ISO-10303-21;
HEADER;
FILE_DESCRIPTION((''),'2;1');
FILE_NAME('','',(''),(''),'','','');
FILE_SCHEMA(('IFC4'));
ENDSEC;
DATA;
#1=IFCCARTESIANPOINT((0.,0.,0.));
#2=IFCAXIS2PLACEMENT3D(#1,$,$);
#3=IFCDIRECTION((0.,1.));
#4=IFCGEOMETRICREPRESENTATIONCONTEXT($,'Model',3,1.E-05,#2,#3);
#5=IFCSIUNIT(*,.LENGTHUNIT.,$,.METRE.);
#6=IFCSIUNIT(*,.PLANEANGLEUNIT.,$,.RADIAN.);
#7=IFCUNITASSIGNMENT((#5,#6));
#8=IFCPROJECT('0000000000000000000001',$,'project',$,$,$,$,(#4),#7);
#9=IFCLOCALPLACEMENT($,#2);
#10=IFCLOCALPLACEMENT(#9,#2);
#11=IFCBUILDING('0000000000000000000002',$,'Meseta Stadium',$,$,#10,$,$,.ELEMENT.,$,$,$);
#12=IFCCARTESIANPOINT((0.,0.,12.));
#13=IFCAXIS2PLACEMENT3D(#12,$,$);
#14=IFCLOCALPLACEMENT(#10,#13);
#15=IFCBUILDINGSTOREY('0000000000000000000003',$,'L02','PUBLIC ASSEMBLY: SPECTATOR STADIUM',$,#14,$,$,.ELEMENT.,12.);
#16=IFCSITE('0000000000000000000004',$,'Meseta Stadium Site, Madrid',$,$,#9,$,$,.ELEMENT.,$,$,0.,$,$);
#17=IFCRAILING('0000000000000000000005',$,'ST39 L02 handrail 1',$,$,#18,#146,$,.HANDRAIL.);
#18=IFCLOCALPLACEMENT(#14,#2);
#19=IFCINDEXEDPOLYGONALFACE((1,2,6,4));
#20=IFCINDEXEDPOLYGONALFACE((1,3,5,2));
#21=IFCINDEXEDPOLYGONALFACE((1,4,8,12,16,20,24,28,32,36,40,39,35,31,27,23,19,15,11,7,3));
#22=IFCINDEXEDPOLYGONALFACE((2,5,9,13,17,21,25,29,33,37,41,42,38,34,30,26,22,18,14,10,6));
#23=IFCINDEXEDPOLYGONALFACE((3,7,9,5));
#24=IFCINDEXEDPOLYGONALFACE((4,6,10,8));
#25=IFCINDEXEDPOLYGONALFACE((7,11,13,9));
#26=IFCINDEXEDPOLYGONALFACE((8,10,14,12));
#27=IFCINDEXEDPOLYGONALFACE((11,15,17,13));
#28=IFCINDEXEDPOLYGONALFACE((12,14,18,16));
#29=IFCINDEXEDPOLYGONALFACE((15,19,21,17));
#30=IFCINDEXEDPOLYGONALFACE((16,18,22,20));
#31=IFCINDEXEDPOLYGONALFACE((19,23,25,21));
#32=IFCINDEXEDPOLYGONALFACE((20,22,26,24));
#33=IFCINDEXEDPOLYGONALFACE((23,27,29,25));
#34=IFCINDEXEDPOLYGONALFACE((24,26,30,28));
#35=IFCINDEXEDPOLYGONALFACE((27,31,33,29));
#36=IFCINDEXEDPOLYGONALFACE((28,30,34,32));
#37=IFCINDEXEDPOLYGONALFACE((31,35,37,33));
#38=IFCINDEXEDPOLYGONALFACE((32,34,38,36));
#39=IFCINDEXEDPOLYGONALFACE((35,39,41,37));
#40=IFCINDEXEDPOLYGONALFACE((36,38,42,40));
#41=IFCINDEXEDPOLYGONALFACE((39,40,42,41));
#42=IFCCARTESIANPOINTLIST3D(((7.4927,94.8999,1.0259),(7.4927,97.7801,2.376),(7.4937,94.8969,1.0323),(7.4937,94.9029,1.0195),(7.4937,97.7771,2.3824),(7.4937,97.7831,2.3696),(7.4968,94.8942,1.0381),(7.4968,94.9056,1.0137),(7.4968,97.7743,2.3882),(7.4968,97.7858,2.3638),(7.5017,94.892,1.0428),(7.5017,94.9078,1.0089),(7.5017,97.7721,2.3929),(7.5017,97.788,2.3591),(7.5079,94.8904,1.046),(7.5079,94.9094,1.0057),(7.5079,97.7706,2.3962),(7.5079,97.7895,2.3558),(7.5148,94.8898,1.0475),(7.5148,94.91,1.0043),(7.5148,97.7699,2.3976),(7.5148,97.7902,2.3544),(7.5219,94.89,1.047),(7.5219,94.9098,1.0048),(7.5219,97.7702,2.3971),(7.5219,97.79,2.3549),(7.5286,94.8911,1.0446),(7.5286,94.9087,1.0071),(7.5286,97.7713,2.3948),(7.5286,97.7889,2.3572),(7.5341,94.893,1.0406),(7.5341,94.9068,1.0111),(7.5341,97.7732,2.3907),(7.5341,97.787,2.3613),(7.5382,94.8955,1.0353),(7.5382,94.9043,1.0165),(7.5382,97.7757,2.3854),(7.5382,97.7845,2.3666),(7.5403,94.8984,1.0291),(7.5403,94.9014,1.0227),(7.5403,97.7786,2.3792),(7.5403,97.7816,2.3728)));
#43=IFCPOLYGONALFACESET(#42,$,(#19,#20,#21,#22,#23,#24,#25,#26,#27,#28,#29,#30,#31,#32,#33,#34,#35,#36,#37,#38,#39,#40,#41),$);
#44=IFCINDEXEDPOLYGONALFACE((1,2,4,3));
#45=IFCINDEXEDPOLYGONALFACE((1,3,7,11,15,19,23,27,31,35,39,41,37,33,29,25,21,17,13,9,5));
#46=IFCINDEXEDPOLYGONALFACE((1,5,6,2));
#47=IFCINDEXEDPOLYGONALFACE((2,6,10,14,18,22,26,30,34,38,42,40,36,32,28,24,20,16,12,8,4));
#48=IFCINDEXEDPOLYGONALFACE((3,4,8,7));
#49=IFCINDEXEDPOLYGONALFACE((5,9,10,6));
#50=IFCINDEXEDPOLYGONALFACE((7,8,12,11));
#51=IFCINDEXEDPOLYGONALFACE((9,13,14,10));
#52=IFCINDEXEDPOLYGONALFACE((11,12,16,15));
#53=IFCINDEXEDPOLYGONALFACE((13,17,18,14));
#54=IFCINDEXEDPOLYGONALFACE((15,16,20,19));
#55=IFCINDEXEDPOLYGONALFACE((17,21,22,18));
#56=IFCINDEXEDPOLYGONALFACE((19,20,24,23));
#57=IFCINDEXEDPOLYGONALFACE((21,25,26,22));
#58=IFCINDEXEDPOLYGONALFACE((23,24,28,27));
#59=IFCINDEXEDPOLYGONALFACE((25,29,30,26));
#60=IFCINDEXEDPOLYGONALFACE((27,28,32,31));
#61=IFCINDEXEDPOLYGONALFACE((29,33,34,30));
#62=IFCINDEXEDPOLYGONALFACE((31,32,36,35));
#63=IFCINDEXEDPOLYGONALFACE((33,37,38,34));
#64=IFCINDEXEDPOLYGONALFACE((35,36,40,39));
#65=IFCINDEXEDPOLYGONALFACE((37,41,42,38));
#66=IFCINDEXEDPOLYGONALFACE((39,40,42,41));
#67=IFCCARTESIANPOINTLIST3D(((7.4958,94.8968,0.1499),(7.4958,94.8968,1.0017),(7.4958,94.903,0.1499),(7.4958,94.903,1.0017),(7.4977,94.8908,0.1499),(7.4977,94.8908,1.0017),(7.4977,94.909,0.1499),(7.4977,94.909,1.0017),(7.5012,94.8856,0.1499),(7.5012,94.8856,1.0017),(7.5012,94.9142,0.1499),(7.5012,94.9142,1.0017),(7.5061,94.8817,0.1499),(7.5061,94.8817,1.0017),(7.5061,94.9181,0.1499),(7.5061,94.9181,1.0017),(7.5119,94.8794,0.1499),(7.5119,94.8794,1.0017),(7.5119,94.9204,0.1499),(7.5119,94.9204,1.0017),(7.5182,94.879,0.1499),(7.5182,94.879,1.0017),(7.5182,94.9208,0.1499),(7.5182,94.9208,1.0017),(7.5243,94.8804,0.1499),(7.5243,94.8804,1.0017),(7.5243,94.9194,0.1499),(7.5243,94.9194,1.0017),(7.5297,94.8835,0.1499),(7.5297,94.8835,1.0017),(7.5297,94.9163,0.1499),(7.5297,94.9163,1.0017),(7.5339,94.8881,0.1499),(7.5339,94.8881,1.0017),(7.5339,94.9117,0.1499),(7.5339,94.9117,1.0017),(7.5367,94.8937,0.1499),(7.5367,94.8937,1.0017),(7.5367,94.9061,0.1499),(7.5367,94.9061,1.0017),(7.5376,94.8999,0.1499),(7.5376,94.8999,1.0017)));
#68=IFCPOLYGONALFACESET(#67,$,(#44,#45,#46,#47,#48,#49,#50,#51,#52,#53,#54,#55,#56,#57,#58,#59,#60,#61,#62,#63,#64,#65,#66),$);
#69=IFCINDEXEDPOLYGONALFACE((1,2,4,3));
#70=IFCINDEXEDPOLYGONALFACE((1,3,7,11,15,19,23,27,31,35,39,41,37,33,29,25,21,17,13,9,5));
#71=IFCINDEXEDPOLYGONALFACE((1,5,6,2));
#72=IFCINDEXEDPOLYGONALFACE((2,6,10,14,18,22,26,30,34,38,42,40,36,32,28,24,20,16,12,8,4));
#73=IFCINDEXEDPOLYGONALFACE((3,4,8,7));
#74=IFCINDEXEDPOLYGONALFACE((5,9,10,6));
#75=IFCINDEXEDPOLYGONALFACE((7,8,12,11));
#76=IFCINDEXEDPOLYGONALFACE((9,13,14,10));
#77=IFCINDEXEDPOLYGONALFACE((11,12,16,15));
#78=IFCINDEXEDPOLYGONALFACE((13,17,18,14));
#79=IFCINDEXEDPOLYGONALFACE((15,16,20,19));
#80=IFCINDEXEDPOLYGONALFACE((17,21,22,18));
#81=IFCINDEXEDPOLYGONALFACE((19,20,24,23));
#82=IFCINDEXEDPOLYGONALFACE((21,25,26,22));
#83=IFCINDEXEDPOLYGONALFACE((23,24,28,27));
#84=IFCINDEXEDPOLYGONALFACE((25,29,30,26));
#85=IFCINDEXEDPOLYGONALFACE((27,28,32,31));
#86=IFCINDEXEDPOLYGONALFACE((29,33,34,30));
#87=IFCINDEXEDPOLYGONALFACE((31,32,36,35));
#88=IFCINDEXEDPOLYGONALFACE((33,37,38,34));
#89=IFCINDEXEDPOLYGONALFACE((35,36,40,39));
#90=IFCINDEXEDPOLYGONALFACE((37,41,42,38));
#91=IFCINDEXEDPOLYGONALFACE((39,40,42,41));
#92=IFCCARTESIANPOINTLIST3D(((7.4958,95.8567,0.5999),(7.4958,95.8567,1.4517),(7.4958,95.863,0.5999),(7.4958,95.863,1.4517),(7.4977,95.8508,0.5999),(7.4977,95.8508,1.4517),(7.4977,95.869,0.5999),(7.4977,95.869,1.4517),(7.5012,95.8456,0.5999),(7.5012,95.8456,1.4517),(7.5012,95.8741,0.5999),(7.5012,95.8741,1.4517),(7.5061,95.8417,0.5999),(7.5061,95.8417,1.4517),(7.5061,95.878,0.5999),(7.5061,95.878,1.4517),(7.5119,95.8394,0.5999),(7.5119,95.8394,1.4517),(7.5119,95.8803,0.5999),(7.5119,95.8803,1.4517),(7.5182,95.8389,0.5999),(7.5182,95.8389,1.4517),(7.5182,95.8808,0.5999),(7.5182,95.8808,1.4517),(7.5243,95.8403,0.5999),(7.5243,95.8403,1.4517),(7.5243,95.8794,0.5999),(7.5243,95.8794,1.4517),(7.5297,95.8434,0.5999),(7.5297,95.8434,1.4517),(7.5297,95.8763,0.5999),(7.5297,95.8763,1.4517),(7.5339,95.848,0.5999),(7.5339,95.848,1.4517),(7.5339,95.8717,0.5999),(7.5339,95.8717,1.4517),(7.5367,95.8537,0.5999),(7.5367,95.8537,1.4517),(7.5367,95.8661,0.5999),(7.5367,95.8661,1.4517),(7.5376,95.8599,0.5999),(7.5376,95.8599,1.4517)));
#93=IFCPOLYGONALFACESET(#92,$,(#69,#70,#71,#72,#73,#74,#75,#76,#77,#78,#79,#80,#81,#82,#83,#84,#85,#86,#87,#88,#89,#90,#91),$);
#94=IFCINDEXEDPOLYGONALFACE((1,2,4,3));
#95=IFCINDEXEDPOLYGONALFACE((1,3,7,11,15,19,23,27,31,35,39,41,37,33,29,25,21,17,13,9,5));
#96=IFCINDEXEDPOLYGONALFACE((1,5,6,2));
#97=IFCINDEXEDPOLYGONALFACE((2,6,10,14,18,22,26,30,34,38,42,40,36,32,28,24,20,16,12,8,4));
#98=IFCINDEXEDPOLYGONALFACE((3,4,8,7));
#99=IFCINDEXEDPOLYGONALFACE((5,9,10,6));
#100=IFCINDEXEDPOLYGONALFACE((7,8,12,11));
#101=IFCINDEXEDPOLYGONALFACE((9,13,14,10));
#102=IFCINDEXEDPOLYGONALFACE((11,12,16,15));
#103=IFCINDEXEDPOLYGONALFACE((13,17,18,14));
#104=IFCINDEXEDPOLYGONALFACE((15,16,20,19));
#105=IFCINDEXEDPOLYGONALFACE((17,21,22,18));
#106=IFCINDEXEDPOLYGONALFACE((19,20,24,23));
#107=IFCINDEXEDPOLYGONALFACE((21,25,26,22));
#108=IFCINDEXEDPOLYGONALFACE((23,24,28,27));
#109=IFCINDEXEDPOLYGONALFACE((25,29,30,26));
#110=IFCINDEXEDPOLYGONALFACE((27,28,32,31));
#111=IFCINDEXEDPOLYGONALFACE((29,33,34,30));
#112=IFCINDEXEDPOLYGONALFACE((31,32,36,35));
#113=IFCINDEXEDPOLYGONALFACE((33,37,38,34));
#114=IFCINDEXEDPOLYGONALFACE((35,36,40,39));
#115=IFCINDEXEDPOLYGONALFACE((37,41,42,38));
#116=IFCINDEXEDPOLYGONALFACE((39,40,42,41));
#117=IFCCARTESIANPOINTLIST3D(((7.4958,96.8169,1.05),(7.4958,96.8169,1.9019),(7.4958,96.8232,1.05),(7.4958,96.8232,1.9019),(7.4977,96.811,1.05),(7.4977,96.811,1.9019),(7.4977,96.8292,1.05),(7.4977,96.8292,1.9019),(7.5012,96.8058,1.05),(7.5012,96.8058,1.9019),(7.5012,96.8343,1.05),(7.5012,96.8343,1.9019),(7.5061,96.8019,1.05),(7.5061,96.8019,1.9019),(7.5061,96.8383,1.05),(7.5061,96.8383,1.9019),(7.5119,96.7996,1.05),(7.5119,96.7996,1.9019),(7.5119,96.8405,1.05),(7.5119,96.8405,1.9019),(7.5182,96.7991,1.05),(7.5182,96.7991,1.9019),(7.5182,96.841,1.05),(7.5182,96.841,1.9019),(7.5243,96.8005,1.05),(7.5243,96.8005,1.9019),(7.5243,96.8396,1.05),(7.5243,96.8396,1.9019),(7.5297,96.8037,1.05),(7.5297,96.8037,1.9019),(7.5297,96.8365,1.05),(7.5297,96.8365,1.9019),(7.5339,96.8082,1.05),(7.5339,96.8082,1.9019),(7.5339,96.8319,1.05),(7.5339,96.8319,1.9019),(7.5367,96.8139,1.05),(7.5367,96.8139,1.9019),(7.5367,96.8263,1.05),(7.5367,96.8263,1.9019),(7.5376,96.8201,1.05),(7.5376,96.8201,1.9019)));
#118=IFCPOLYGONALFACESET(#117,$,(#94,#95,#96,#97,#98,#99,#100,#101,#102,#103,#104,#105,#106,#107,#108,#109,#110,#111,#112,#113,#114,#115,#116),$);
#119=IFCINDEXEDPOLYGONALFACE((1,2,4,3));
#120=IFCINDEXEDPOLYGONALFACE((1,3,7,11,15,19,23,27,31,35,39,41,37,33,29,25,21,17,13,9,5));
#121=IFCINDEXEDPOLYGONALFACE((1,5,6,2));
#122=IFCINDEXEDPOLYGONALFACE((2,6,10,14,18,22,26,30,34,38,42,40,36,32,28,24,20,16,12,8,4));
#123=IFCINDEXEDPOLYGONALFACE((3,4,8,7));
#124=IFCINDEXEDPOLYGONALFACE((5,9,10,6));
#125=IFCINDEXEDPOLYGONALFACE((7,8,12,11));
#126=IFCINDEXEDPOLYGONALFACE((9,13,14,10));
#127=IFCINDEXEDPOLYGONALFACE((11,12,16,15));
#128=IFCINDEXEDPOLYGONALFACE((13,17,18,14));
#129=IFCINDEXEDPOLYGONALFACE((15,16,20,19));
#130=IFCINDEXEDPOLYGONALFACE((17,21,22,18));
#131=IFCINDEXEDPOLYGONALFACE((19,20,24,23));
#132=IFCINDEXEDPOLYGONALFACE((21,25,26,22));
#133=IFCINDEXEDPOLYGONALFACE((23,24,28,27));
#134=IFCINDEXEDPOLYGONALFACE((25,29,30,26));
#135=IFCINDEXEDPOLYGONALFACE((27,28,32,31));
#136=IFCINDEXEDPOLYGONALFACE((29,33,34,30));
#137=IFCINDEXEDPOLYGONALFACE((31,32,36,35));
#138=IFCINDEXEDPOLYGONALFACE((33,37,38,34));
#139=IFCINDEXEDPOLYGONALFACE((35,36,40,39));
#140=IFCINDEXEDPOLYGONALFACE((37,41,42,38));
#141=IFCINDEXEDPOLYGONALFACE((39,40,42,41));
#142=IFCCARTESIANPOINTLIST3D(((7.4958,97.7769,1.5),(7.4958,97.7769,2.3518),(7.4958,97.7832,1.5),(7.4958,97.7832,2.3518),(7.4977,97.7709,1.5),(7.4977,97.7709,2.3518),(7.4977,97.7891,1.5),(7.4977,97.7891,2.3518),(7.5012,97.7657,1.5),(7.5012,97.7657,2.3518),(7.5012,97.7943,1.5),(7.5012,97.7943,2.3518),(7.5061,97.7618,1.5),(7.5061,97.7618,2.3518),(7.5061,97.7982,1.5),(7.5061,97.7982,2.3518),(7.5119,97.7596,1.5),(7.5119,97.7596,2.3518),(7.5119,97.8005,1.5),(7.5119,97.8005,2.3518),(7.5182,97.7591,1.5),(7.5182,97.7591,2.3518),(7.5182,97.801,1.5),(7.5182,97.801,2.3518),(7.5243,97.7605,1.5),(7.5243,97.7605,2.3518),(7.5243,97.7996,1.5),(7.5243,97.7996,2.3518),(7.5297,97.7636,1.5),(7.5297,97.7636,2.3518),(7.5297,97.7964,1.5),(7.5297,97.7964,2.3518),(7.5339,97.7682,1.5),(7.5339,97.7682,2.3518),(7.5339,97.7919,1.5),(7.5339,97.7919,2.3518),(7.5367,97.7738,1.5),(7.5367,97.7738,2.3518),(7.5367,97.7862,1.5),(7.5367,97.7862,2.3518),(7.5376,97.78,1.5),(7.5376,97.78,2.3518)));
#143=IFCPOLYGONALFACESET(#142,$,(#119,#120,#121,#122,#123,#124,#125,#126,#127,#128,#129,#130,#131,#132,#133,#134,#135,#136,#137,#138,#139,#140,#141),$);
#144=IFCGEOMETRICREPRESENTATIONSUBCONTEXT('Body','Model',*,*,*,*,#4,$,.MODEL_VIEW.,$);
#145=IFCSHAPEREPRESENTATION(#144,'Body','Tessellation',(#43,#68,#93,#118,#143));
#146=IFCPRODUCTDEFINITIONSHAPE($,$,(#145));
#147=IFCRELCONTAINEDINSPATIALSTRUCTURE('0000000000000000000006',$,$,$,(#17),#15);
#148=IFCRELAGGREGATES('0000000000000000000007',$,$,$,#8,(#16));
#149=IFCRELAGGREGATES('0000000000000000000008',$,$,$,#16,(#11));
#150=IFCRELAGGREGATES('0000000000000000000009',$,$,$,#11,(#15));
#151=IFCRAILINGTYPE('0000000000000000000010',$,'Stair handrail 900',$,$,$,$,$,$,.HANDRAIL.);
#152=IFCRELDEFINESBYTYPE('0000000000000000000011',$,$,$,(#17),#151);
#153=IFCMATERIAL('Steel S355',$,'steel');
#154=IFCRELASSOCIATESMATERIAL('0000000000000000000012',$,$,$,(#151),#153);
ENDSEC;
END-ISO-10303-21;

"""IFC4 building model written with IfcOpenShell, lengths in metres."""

from ifc_helpers import new_model, si_unit, direction, frame, origin, origin_2d, place, context, subcontext, project, spatial, circle, extrude, material, type_object, element, save


model = new_model("IFC4")

# Units and contexts
model_context = context("Model", 3, precision=1e-05, world=origin(), true_north=direction((0.0, 1.0)))
body_context = subcontext(model_context, "Body", "Model", "MODEL_VIEW")
ifc_project = project(units=[si_unit("LENGTHUNIT", "METRE"), si_unit("PLANEANGLEUNIT", "RADIAN")], contexts=[model_context])

# Site, building, storey
site_placement = place(None, origin())
site = spatial("IfcSite", under=ifc_project, at=site_placement, Name="Meseta Stadium Site, Madrid", CompositionType="ELEMENT", RefElevation=0.0)
building_placement = place(site_placement, origin())
building = spatial("IfcBuilding", under=site, at=building_placement, Name="Meseta Stadium", CompositionType="ELEMENT")
storey_placement = place(building_placement, frame((0.0, 0.0, 12.0)))
storey = spatial("IfcBuildingStorey", under=building, at=storey_placement, Name="L02", Description="PUBLIC ASSEMBLY: SPECTATOR STADIUM", CompositionType="ELEMENT", Elevation=12.0)

# Railing
ifc_material_1 = material(Name="Steel S355", Category="steel")
railing_type_1 = type_object("IfcRailingType", Name="Stair handrail 900", PredefinedType="HANDRAIL", material=ifc_material_1)
railing_1_placement = place(storey_placement, frame((7.5166, 94.8999, 0.1499)))
element("IfcRailing", 1, at=railing_1_placement, inside=storey, type_object=railing_type_1, Name="ST39 L02 handrail 1", PredefinedType="HANDRAIL", context=body_context, shape_type="SweptSolid", body=[
    extrude(circle(Radius=0.0239, at=origin_2d()), frame((0.0, 0.0, 0.876), z_axis=(0.0, 0.905454, 0.424444), x_axis=(-1.0, 0.0, 0.0)), (0.0, 0.0, 1.0), 3.1809),
    extrude(circle(Radius=0.021, at=origin_2d()), origin(), (0.0, 0.0, 1.0), 0.8518),
    extrude(circle(Radius=0.021, at=origin_2d()), frame((0.0, 0.96, 0.45)), (0.0, 0.0, 1.0), 0.8518),
    extrude(circle(Radius=0.021, at=origin_2d()), frame((0.0, 1.9202, 0.9001)), (0.0, 0.0, 1.0), 0.8518),
    extrude(circle(Radius=0.021, at=origin_2d()), frame((0.0, 2.8801, 1.3501)), (0.0, 0.0, 1.0), 0.8518),
])

save(model, "model.ifc")
